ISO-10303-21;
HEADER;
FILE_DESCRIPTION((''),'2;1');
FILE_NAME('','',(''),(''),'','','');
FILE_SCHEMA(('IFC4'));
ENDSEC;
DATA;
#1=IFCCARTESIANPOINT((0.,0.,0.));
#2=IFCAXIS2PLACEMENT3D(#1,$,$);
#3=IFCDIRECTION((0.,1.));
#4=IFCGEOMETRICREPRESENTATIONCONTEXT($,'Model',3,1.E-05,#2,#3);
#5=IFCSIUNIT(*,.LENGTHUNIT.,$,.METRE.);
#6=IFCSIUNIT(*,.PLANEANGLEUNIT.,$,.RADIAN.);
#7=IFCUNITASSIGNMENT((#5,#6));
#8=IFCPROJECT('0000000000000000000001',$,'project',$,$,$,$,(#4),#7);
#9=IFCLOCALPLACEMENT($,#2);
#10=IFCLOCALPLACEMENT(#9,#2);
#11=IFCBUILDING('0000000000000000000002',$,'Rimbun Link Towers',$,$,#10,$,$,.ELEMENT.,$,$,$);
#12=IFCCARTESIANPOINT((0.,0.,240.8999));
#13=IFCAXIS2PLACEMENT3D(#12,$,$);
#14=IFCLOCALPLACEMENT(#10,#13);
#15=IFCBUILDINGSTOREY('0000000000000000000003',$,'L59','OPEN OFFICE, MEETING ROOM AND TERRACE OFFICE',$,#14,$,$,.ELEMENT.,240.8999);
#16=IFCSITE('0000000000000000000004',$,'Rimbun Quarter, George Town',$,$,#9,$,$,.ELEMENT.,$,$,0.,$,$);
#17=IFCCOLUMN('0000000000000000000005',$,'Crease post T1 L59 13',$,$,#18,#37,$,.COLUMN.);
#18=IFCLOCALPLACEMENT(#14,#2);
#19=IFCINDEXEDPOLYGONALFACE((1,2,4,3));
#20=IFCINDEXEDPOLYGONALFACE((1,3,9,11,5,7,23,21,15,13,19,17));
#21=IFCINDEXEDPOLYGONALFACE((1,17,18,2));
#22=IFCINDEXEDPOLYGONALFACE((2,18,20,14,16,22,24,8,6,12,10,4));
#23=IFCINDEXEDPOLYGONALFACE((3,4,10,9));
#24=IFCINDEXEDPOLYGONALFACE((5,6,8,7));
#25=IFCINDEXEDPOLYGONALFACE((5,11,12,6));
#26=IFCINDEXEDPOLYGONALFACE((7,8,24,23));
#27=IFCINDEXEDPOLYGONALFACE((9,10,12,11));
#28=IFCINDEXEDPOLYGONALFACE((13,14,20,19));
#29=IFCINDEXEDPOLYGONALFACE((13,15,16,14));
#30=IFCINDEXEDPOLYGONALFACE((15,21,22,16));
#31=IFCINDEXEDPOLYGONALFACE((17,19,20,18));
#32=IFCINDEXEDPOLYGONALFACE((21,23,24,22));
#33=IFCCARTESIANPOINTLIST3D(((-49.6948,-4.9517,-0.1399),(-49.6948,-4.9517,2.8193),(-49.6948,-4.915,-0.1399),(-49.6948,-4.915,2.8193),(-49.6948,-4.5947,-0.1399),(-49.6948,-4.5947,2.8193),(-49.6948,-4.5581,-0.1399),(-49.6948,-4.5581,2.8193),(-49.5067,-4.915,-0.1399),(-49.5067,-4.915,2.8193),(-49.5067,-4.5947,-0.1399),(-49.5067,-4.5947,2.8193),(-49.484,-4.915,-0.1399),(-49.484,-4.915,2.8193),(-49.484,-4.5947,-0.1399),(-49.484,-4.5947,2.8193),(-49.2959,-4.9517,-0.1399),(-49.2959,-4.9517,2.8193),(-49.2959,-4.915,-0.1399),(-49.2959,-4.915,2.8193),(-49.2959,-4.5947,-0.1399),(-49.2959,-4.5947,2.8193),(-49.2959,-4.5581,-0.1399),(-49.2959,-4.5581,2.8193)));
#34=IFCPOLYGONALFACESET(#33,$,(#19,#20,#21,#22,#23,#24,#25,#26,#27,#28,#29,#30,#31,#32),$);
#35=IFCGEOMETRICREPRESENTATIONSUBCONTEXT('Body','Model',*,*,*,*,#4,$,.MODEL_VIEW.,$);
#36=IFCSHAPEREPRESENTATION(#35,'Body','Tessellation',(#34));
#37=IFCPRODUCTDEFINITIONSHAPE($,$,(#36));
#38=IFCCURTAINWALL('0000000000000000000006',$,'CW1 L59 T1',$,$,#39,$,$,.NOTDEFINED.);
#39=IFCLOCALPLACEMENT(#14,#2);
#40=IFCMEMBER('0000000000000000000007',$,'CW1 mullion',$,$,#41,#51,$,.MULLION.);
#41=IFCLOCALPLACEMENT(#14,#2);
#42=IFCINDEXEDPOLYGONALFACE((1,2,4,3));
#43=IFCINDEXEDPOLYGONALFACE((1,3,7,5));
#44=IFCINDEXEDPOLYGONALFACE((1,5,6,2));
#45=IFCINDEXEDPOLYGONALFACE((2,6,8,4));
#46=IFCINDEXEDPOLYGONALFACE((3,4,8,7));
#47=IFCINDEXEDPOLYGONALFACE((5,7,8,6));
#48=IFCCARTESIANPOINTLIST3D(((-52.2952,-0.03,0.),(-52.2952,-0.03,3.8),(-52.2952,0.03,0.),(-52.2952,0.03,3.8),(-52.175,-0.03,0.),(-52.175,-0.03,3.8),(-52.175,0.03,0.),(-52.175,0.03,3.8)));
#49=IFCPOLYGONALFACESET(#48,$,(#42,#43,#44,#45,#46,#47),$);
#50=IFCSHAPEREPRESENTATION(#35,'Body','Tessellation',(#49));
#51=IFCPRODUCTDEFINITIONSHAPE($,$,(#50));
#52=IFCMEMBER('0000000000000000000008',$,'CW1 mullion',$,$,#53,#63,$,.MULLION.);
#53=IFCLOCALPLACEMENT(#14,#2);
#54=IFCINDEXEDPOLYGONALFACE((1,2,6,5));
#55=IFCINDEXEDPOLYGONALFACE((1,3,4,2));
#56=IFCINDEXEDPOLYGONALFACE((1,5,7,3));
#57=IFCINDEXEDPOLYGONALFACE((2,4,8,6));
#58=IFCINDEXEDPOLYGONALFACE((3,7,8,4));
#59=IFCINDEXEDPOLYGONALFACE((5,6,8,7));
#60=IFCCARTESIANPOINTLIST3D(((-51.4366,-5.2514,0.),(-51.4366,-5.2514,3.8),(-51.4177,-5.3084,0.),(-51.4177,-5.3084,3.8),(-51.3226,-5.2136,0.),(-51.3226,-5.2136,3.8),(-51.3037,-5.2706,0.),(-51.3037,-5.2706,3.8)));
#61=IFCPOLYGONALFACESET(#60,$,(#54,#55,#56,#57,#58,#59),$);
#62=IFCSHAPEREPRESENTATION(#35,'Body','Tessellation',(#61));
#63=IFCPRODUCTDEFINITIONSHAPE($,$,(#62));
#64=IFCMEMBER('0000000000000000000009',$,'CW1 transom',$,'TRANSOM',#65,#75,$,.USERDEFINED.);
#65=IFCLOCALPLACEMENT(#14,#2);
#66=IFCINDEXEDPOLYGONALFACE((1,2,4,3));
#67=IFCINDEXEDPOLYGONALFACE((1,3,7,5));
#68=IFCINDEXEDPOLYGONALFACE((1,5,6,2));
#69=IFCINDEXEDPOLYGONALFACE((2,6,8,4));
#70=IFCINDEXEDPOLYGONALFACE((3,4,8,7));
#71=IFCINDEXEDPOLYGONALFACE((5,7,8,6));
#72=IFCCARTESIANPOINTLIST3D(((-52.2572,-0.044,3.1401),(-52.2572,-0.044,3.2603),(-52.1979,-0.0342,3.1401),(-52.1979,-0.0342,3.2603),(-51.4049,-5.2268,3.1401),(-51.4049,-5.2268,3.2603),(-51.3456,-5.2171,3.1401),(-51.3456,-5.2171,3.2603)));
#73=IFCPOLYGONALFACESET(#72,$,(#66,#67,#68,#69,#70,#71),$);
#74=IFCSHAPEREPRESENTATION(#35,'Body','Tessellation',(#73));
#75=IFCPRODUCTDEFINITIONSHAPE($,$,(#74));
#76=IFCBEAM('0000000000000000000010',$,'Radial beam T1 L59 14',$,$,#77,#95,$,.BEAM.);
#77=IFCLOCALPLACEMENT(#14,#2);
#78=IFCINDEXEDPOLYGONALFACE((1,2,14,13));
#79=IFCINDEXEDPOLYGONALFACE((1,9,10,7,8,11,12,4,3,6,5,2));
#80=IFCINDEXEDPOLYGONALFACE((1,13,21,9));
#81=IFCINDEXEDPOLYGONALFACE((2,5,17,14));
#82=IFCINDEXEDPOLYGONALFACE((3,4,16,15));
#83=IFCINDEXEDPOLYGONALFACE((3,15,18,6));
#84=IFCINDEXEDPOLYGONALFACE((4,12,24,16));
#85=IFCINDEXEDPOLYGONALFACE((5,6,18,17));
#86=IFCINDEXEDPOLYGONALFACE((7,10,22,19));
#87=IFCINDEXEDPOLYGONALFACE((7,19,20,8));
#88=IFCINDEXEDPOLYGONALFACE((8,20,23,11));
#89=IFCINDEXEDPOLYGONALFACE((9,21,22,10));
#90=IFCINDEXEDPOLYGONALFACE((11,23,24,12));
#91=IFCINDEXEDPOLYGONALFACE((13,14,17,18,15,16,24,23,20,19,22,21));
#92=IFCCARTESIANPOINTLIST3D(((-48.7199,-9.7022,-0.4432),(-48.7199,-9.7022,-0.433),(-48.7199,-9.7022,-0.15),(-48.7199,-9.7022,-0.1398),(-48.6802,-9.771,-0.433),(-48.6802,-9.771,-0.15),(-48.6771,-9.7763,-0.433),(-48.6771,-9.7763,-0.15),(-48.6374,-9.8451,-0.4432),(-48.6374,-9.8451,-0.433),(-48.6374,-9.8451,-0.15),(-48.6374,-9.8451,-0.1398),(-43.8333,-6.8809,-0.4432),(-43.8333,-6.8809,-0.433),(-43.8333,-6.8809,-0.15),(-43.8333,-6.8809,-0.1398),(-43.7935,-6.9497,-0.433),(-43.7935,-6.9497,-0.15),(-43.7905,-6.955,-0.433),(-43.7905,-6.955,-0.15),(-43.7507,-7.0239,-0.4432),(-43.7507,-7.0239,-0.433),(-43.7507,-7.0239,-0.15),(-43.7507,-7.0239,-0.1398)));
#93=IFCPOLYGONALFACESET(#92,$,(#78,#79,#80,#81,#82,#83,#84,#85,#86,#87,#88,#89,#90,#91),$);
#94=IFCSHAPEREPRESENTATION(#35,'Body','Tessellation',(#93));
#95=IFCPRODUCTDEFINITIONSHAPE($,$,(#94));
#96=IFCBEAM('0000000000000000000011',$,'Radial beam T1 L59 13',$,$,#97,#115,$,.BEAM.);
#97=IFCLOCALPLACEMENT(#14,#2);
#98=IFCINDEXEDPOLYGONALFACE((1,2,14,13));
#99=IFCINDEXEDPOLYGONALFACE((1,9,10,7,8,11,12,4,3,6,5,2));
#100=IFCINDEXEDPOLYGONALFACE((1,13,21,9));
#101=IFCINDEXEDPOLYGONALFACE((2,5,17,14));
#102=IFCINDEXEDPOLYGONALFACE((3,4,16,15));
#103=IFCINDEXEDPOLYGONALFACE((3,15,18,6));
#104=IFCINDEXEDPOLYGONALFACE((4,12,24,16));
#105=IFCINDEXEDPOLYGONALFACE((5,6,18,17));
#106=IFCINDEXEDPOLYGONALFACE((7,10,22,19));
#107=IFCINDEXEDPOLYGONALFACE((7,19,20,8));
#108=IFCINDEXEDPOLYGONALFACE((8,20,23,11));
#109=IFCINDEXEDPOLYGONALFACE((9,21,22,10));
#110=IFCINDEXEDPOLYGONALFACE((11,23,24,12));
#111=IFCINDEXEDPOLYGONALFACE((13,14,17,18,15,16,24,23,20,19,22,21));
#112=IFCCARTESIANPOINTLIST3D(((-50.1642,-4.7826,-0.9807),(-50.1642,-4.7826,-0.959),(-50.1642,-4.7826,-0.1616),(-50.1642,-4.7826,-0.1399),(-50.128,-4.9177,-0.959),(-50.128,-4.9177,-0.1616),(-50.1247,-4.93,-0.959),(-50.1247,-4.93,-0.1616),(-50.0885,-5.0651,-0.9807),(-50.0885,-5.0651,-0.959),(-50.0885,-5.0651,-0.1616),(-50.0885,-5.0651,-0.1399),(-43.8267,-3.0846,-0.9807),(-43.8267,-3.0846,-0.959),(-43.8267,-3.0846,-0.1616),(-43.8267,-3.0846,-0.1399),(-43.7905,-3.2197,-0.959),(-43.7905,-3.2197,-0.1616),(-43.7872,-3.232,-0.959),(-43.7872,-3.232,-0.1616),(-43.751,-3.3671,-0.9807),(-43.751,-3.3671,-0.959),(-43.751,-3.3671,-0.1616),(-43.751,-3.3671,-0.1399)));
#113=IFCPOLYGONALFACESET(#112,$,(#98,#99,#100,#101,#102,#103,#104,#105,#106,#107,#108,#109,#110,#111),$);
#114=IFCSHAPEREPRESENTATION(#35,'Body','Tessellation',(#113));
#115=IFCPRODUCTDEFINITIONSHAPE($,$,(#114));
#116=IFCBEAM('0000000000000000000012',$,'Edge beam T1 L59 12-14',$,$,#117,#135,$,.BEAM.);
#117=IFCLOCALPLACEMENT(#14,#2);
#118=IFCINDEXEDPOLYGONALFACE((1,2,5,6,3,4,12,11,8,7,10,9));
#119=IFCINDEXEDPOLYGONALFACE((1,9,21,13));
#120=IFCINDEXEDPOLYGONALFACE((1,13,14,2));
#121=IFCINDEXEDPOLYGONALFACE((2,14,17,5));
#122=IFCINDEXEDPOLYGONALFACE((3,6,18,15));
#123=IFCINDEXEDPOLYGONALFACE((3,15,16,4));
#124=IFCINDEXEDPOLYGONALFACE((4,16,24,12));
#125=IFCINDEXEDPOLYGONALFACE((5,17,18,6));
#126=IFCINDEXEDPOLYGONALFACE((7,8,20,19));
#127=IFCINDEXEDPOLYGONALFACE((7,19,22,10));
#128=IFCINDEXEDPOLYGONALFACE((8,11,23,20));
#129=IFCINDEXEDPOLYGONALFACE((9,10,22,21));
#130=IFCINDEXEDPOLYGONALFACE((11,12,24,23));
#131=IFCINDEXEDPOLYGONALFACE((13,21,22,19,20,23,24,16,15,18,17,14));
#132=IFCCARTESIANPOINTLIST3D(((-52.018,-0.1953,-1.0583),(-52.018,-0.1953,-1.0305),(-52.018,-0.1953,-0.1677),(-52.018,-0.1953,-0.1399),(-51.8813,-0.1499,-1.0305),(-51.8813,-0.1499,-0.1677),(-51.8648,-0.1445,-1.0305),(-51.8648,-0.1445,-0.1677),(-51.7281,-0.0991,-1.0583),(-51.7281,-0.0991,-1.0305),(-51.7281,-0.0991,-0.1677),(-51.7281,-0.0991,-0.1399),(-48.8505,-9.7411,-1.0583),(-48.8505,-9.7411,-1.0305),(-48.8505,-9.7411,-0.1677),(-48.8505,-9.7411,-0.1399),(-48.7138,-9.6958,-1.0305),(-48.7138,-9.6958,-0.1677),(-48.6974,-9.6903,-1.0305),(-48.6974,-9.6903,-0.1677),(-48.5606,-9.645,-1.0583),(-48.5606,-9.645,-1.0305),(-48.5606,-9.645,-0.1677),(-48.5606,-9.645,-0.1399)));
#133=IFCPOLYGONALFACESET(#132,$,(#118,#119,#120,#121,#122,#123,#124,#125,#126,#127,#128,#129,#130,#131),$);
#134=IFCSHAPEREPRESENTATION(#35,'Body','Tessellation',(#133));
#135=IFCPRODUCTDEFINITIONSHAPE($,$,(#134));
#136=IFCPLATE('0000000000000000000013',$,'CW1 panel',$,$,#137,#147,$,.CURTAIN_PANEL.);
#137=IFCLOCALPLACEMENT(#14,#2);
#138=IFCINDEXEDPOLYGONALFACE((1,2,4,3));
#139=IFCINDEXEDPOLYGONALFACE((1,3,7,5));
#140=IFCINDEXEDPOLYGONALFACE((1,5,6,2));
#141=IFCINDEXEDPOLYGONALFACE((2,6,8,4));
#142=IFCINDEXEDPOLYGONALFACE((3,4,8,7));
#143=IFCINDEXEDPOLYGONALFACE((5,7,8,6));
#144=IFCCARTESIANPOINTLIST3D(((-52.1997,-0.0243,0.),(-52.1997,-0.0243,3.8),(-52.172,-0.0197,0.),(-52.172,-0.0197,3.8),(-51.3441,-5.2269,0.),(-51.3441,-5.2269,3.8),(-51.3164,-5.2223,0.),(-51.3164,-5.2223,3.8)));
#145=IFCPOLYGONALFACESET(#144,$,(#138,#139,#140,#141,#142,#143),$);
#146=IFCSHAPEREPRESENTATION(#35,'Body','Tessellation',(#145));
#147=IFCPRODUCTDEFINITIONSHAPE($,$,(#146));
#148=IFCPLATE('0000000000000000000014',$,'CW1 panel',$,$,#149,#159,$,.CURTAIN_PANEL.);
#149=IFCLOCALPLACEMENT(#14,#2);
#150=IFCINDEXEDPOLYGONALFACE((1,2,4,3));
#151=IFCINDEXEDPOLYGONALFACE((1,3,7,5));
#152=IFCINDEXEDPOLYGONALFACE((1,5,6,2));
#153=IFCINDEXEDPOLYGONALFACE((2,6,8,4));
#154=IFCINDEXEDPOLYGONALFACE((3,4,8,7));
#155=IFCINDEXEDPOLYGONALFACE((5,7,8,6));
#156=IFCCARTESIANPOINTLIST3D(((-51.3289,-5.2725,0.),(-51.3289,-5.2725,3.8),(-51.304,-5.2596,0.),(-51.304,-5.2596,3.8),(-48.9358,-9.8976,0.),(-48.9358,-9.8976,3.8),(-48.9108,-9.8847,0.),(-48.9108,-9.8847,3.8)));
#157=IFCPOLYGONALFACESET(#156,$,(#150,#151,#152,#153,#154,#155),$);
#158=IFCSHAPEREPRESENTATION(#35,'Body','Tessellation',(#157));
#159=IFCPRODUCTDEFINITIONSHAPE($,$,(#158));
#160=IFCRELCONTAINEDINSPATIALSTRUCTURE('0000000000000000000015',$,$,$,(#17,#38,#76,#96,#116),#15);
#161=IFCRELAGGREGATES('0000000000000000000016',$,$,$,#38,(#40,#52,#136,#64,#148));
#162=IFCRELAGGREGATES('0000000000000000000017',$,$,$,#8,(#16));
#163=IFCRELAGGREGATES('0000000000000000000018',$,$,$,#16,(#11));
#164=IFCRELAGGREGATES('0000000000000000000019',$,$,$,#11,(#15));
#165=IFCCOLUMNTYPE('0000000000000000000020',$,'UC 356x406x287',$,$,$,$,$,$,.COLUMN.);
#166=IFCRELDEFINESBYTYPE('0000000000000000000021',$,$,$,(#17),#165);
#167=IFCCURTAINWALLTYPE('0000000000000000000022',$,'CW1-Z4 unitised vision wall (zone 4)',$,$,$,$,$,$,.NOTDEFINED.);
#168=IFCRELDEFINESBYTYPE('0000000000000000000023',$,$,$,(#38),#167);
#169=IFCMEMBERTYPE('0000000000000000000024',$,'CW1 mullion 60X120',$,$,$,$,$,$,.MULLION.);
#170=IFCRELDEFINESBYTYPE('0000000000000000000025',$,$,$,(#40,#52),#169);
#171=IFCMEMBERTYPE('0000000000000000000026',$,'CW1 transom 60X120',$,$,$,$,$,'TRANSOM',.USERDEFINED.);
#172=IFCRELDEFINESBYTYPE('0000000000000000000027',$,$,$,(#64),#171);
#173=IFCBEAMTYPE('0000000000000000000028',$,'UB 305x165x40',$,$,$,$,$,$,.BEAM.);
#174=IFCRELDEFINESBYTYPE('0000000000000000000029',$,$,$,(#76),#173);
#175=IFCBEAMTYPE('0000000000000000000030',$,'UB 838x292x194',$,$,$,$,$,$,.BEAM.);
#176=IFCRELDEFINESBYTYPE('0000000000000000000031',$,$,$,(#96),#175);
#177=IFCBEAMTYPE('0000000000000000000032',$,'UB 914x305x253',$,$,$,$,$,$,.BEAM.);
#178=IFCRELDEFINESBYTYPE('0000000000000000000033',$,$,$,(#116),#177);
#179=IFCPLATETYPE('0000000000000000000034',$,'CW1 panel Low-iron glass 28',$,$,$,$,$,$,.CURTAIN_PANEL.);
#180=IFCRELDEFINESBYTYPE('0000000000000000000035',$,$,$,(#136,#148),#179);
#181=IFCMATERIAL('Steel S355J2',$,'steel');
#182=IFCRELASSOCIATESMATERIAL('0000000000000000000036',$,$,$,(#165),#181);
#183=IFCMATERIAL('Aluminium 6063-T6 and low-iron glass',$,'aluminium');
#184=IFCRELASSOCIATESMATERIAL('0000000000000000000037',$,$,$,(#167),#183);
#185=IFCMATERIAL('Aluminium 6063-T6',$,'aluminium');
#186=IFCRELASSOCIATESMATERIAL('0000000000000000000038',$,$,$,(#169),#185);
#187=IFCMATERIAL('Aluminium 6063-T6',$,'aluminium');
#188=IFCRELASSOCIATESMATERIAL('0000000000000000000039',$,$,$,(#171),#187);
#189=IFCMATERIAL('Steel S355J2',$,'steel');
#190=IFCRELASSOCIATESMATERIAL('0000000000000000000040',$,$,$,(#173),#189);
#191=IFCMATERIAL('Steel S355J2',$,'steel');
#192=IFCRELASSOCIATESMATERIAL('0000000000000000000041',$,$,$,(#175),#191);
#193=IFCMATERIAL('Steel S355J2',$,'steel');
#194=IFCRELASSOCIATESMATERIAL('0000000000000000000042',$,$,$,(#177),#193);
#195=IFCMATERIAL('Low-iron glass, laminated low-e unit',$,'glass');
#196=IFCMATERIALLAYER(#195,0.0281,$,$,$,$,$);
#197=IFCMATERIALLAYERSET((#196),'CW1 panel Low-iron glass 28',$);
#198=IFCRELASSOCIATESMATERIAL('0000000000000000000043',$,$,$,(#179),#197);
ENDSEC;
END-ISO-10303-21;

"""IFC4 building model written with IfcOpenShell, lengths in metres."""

from ifc_helpers import new_model, si_unit, direction, frame, origin, origin_2d, place, context, subcontext, project, spatial, rectangle, i_section, extrude, material, layer, layer_set, material_profile, profile_set, type_object, element, aggregate, save


model = new_model("IFC4")

# Units and contexts
model_context = context("Model", 3, precision=1e-05, world=origin(), true_north=direction((0.0, 1.0)))
body_context = subcontext(model_context, "Body", "Model", "MODEL_VIEW")
ifc_project = project(units=[si_unit("LENGTHUNIT", "METRE"), si_unit("PLANEANGLEUNIT", "RADIAN")], contexts=[model_context])

# Site, building, storey
site_placement = place(None, origin())
site = spatial("IfcSite", under=ifc_project, at=site_placement, Name="Rimbun Quarter, George Town", CompositionType="ELEMENT", RefElevation=0.0)
building_placement = place(site_placement, origin())
building = spatial("IfcBuilding", under=site, at=building_placement, Name="Rimbun Link Towers", CompositionType="ELEMENT")
storey_placement = place(building_placement, frame((0.0, 0.0, 240.8999)))
storey = spatial("IfcBuildingStorey", under=building, at=storey_placement, Name="L59", Description="OPEN OFFICE, MEETING ROOM AND TERRACE OFFICE", CompositionType="ELEMENT", Elevation=240.8999)

# Column
ifc_material_1 = material(Name="Steel S355J2", Category="steel")
ifc_material_profile_1 = material_profile(ifc_material_1, i_section(OverallWidth=0.3989, OverallDepth=0.3936, WebThickness=0.0227, FlangeThickness=0.0366, at=origin_2d()), Name="UC 356x406x287")
ifc_profile_set_1 = profile_set([ifc_material_profile_1], Name="Steel S355J2")
column_type = type_object("IfcColumnType", Name="UC 356x406x287", PredefinedType="COLUMN", material=ifc_profile_set_1)
column_placement = place(storey_placement, frame((-49.4954, -4.7549, -0.1399), z_axis=(0.0, 0.0, 1.0), x_axis=(1.0, 0.0, 0.0)))
element("IfcColumn", 1, at=column_placement, inside=storey, type_object=column_type, Name="Crease post T1 L59 13", PredefinedType="COLUMN", context=body_context, shape_type="SweptSolid", body=[
    extrude(i_section(OverallWidth=0.3989, OverallDepth=0.3936, WebThickness=0.0227, FlangeThickness=0.0366, at=origin_2d()), origin(), (0.0, 0.0, 1.0), 2.9592),
])

# Curtain wall, members
ifc_material_2 = material(Name="Aluminium 6063-T6 and low-iron glass", Category="aluminium")
curtain_wall_type = type_object("IfcCurtainWallType", Name="CW1-Z4 unitised vision wall (zone 4)", PredefinedType="NOTDEFINED", material=ifc_material_2)
curtain_wall_placement = place(storey_placement, origin())
curtain_wall = element("IfcCurtainWall", 2, at=curtain_wall_placement, inside=storey, type_object=curtain_wall_type, Name="CW1 L59 T1", PredefinedType="NOTDEFINED")
ifc_material_3 = material(Name="Aluminium 6063-T6", Category="aluminium")
ifc_material_profile_2 = material_profile(ifc_material_3, rectangle(XDim=0.1201, YDim=0.0601, at=origin_2d()), Name="MULLION 60X120")
ifc_profile_set_2 = profile_set([ifc_material_profile_2], Name="Aluminium 6063-T6")
member_type_1 = type_object("IfcMemberType", Name="CW1 mullion 60X120", PredefinedType="MULLION", material=ifc_profile_set_2)
member_1_placement = place(storey_placement, frame((-52.2351, 0.0, 0.0), z_axis=(0.0, 0.0, 1.0), x_axis=(-1.0, 0.0, 0.0)))
member_1 = element("IfcMember", 3, at=member_1_placement, type_object=member_type_1, Name="CW1 mullion", PredefinedType="MULLION", context=body_context, shape_type="SweptSolid", body=[
    extrude(rectangle(XDim=0.1201, YDim=0.0601, at=origin_2d()), origin(), (0.0, 0.0, 1.0), 3.8),
])
member_2_placement = place(storey_placement, frame((-51.3701, -5.261, 0.0), z_axis=(0.0, 0.0, 1.0), x_axis=(-0.949161, -0.31479, 0.0)))
member_2 = element("IfcMember", 4, at=member_2_placement, type_object=member_type_1, Name="CW1 mullion", PredefinedType="MULLION", context=body_context, shape_type="SweptSolid", body=[
    extrude(rectangle(XDim=0.1201, YDim=0.0601, at=origin_2d()), origin(), (0.0, 0.0, 1.0), 3.8),
])
ifc_material_4 = material(Name="Aluminium 6063-T6", Category="aluminium")
ifc_material_profile_3 = material_profile(ifc_material_4, rectangle(XDim=0.0601, YDim=0.1201, at=origin_2d()), Name="TRANSOM 60X120")
ifc_profile_set_3 = profile_set([ifc_material_profile_3], Name="Aluminium 6063-T6")
member_type_2 = type_object("IfcMemberType", Name="CW1 transom 60X120", ElementType="TRANSOM", PredefinedType="USERDEFINED", material=ifc_profile_set_3)
member_3_placement = place(storey_placement, frame((-51.3752, -5.2219, 3.2002), z_axis=(-0.162265, 0.986747, 0.0), x_axis=(-0.986747, -0.162265, 0.0)))
member_3 = element("IfcMember", 5, at=member_3_placement, type_object=member_type_2, Name="CW1 transom", ObjectType="TRANSOM", PredefinedType="USERDEFINED", context=body_context, shape_type="SweptSolid", body=[
    extrude(rectangle(XDim=0.0601, YDim=0.1201, at=origin_2d()), origin(), (0.0, 0.0, 1.0), 5.2524),
])

# Beams
ifc_material_5 = material(Name="Steel S355J2", Category="steel")
ifc_material_profile_4 = material_profile(ifc_material_5, i_section(OverallWidth=0.165, OverallDepth=0.3035, WebThickness=0.0061, FlangeThickness=0.0103, at=origin_2d()), Name="UB 305x165x40")
ifc_profile_set_4 = profile_set([ifc_material_profile_4], Name="Steel S355J2")
beam_type_1 = type_object("IfcBeamType", Name="UB 305x165x40", PredefinedType="BEAM", material=ifc_profile_set_4)
beam_1_placement = place(storey_placement, frame((-43.792, -6.9524, -0.2915), z_axis=(-0.86603, -0.499992, 0.0), x_axis=(0.499992, -0.86603, 0.0)))
element("IfcBeam", 6, at=beam_1_placement, inside=storey, type_object=beam_type_1, Name="Radial beam T1 L59 14", PredefinedType="BEAM", context=body_context, shape_type="SweptSolid", body=[
    extrude(i_section(OverallWidth=0.165, OverallDepth=0.3035, WebThickness=0.0061, FlangeThickness=0.0103, at=origin_2d()), origin(), (0.0, 0.0, 1.0), 5.6426),
])
ifc_material_6 = material(Name="Steel S355J2", Category="steel")
ifc_material_profile_5 = material_profile(ifc_material_6, i_section(OverallWidth=0.2925, OverallDepth=0.8408, WebThickness=0.0127, FlangeThickness=0.0217, at=origin_2d()), Name="UB 838x292x194")
ifc_profile_set_5 = profile_set([ifc_material_profile_5], Name="Steel S355J2")
beam_type_2 = type_object("IfcBeamType", Name="UB 838x292x194", PredefinedType="BEAM", material=ifc_profile_set_5)
beam_2_placement = place(storey_placement, frame((-43.7888, -3.2258, -0.5603), z_axis=(-0.96593, -0.258804, 0.0), x_axis=(0.258804, -0.96593, 0.0)))
element("IfcBeam", 7, at=beam_2_placement, inside=storey, type_object=beam_type_2, Name="Radial beam T1 L59 13", PredefinedType="BEAM", context=body_context, shape_type="SweptSolid", body=[
    extrude(i_section(OverallWidth=0.2925, OverallDepth=0.8408, WebThickness=0.0127, FlangeThickness=0.0217, at=origin_2d()), origin(), (0.0, 0.0, 1.0), 6.561),
])
ifc_material_7 = material(Name="Steel S355J2", Category="steel")
ifc_material_profile_6 = material_profile(ifc_material_7, i_section(OverallWidth=0.3054, OverallDepth=0.9185, WebThickness=0.0173, FlangeThickness=0.0278, at=origin_2d()), Name="UB 914x305x253")
ifc_profile_set_6 = profile_set([ifc_material_profile_6], Name="Steel S355J2")
beam_type_3 = type_object("IfcBeamType", Name="UB 914x305x253", PredefinedType="BEAM", material=ifc_profile_set_6)
beam_3_placement = place(storey_placement, frame((-51.873, -0.1472, -0.5991), z_axis=(0.314931, -0.949114, 0.0), x_axis=(0.949114, 0.314931, 0.0)))
element("IfcBeam", 8, at=beam_3_placement, inside=storey, type_object=beam_type_3, Name="Edge beam T1 L59 12-14", PredefinedType="BEAM", context=body_context, shape_type="SweptSolid", body=[
    extrude(i_section(OverallWidth=0.3054, OverallDepth=0.9185, WebThickness=0.0173, FlangeThickness=0.0278, at=origin_2d()), origin(), (0.0, 0.0, 1.0), 10.0576),
])

# Plates
ifc_material_8 = material(Name="Low-iron glass, laminated low-e unit", Category="glass")
ifc_layer_1 = layer(ifc_material_8, 0.0281)
ifc_layer_set_1 = layer_set([ifc_layer_1], Name="CW1 panel Low-iron glass 28")
plate_type = type_object("IfcPlateType", Name="CW1 panel Low-iron glass 28", PredefinedType="CURTAIN_PANEL", material=ifc_layer_set_1)
plate_1_placement = place(storey_placement, frame((-51.7581, -2.6233, 0.0), z_axis=(0.0, 0.0, 1.0), x_axis=(-0.162262, 0.986748, 0.0)))
plate_1 = element("IfcPlate", 9, at=plate_1_placement, type_object=plate_type, Name="CW1 panel", PredefinedType="CURTAIN_PANEL", context=body_context, shape_type="SweptSolid", body=[
    extrude(rectangle(XDim=5.2725, YDim=0.0281, at=origin_2d()), origin(), (0.0, 0.0, 1.0), 3.8),
])
plate_2_placement = place(storey_placement, frame((-50.1199, -7.5786, 0.0), z_axis=(0.0, 0.0, 1.0), x_axis=(-0.45955, 0.888152, 0.0)))
plate_2 = element("IfcPlate", 10, at=plate_2_placement, type_object=plate_type, Name="CW1 panel", PredefinedType="CURTAIN_PANEL", context=body_context, shape_type="SweptSolid", body=[
    extrude(rectangle(XDim=5.2075, YDim=0.0281, at=origin_2d()), origin(), (0.0, 0.0, 1.0), 3.8),
])
aggregate(curtain_wall, [member_1, member_2, plate_1, member_3, plate_2])

save(model, "model.ifc")
